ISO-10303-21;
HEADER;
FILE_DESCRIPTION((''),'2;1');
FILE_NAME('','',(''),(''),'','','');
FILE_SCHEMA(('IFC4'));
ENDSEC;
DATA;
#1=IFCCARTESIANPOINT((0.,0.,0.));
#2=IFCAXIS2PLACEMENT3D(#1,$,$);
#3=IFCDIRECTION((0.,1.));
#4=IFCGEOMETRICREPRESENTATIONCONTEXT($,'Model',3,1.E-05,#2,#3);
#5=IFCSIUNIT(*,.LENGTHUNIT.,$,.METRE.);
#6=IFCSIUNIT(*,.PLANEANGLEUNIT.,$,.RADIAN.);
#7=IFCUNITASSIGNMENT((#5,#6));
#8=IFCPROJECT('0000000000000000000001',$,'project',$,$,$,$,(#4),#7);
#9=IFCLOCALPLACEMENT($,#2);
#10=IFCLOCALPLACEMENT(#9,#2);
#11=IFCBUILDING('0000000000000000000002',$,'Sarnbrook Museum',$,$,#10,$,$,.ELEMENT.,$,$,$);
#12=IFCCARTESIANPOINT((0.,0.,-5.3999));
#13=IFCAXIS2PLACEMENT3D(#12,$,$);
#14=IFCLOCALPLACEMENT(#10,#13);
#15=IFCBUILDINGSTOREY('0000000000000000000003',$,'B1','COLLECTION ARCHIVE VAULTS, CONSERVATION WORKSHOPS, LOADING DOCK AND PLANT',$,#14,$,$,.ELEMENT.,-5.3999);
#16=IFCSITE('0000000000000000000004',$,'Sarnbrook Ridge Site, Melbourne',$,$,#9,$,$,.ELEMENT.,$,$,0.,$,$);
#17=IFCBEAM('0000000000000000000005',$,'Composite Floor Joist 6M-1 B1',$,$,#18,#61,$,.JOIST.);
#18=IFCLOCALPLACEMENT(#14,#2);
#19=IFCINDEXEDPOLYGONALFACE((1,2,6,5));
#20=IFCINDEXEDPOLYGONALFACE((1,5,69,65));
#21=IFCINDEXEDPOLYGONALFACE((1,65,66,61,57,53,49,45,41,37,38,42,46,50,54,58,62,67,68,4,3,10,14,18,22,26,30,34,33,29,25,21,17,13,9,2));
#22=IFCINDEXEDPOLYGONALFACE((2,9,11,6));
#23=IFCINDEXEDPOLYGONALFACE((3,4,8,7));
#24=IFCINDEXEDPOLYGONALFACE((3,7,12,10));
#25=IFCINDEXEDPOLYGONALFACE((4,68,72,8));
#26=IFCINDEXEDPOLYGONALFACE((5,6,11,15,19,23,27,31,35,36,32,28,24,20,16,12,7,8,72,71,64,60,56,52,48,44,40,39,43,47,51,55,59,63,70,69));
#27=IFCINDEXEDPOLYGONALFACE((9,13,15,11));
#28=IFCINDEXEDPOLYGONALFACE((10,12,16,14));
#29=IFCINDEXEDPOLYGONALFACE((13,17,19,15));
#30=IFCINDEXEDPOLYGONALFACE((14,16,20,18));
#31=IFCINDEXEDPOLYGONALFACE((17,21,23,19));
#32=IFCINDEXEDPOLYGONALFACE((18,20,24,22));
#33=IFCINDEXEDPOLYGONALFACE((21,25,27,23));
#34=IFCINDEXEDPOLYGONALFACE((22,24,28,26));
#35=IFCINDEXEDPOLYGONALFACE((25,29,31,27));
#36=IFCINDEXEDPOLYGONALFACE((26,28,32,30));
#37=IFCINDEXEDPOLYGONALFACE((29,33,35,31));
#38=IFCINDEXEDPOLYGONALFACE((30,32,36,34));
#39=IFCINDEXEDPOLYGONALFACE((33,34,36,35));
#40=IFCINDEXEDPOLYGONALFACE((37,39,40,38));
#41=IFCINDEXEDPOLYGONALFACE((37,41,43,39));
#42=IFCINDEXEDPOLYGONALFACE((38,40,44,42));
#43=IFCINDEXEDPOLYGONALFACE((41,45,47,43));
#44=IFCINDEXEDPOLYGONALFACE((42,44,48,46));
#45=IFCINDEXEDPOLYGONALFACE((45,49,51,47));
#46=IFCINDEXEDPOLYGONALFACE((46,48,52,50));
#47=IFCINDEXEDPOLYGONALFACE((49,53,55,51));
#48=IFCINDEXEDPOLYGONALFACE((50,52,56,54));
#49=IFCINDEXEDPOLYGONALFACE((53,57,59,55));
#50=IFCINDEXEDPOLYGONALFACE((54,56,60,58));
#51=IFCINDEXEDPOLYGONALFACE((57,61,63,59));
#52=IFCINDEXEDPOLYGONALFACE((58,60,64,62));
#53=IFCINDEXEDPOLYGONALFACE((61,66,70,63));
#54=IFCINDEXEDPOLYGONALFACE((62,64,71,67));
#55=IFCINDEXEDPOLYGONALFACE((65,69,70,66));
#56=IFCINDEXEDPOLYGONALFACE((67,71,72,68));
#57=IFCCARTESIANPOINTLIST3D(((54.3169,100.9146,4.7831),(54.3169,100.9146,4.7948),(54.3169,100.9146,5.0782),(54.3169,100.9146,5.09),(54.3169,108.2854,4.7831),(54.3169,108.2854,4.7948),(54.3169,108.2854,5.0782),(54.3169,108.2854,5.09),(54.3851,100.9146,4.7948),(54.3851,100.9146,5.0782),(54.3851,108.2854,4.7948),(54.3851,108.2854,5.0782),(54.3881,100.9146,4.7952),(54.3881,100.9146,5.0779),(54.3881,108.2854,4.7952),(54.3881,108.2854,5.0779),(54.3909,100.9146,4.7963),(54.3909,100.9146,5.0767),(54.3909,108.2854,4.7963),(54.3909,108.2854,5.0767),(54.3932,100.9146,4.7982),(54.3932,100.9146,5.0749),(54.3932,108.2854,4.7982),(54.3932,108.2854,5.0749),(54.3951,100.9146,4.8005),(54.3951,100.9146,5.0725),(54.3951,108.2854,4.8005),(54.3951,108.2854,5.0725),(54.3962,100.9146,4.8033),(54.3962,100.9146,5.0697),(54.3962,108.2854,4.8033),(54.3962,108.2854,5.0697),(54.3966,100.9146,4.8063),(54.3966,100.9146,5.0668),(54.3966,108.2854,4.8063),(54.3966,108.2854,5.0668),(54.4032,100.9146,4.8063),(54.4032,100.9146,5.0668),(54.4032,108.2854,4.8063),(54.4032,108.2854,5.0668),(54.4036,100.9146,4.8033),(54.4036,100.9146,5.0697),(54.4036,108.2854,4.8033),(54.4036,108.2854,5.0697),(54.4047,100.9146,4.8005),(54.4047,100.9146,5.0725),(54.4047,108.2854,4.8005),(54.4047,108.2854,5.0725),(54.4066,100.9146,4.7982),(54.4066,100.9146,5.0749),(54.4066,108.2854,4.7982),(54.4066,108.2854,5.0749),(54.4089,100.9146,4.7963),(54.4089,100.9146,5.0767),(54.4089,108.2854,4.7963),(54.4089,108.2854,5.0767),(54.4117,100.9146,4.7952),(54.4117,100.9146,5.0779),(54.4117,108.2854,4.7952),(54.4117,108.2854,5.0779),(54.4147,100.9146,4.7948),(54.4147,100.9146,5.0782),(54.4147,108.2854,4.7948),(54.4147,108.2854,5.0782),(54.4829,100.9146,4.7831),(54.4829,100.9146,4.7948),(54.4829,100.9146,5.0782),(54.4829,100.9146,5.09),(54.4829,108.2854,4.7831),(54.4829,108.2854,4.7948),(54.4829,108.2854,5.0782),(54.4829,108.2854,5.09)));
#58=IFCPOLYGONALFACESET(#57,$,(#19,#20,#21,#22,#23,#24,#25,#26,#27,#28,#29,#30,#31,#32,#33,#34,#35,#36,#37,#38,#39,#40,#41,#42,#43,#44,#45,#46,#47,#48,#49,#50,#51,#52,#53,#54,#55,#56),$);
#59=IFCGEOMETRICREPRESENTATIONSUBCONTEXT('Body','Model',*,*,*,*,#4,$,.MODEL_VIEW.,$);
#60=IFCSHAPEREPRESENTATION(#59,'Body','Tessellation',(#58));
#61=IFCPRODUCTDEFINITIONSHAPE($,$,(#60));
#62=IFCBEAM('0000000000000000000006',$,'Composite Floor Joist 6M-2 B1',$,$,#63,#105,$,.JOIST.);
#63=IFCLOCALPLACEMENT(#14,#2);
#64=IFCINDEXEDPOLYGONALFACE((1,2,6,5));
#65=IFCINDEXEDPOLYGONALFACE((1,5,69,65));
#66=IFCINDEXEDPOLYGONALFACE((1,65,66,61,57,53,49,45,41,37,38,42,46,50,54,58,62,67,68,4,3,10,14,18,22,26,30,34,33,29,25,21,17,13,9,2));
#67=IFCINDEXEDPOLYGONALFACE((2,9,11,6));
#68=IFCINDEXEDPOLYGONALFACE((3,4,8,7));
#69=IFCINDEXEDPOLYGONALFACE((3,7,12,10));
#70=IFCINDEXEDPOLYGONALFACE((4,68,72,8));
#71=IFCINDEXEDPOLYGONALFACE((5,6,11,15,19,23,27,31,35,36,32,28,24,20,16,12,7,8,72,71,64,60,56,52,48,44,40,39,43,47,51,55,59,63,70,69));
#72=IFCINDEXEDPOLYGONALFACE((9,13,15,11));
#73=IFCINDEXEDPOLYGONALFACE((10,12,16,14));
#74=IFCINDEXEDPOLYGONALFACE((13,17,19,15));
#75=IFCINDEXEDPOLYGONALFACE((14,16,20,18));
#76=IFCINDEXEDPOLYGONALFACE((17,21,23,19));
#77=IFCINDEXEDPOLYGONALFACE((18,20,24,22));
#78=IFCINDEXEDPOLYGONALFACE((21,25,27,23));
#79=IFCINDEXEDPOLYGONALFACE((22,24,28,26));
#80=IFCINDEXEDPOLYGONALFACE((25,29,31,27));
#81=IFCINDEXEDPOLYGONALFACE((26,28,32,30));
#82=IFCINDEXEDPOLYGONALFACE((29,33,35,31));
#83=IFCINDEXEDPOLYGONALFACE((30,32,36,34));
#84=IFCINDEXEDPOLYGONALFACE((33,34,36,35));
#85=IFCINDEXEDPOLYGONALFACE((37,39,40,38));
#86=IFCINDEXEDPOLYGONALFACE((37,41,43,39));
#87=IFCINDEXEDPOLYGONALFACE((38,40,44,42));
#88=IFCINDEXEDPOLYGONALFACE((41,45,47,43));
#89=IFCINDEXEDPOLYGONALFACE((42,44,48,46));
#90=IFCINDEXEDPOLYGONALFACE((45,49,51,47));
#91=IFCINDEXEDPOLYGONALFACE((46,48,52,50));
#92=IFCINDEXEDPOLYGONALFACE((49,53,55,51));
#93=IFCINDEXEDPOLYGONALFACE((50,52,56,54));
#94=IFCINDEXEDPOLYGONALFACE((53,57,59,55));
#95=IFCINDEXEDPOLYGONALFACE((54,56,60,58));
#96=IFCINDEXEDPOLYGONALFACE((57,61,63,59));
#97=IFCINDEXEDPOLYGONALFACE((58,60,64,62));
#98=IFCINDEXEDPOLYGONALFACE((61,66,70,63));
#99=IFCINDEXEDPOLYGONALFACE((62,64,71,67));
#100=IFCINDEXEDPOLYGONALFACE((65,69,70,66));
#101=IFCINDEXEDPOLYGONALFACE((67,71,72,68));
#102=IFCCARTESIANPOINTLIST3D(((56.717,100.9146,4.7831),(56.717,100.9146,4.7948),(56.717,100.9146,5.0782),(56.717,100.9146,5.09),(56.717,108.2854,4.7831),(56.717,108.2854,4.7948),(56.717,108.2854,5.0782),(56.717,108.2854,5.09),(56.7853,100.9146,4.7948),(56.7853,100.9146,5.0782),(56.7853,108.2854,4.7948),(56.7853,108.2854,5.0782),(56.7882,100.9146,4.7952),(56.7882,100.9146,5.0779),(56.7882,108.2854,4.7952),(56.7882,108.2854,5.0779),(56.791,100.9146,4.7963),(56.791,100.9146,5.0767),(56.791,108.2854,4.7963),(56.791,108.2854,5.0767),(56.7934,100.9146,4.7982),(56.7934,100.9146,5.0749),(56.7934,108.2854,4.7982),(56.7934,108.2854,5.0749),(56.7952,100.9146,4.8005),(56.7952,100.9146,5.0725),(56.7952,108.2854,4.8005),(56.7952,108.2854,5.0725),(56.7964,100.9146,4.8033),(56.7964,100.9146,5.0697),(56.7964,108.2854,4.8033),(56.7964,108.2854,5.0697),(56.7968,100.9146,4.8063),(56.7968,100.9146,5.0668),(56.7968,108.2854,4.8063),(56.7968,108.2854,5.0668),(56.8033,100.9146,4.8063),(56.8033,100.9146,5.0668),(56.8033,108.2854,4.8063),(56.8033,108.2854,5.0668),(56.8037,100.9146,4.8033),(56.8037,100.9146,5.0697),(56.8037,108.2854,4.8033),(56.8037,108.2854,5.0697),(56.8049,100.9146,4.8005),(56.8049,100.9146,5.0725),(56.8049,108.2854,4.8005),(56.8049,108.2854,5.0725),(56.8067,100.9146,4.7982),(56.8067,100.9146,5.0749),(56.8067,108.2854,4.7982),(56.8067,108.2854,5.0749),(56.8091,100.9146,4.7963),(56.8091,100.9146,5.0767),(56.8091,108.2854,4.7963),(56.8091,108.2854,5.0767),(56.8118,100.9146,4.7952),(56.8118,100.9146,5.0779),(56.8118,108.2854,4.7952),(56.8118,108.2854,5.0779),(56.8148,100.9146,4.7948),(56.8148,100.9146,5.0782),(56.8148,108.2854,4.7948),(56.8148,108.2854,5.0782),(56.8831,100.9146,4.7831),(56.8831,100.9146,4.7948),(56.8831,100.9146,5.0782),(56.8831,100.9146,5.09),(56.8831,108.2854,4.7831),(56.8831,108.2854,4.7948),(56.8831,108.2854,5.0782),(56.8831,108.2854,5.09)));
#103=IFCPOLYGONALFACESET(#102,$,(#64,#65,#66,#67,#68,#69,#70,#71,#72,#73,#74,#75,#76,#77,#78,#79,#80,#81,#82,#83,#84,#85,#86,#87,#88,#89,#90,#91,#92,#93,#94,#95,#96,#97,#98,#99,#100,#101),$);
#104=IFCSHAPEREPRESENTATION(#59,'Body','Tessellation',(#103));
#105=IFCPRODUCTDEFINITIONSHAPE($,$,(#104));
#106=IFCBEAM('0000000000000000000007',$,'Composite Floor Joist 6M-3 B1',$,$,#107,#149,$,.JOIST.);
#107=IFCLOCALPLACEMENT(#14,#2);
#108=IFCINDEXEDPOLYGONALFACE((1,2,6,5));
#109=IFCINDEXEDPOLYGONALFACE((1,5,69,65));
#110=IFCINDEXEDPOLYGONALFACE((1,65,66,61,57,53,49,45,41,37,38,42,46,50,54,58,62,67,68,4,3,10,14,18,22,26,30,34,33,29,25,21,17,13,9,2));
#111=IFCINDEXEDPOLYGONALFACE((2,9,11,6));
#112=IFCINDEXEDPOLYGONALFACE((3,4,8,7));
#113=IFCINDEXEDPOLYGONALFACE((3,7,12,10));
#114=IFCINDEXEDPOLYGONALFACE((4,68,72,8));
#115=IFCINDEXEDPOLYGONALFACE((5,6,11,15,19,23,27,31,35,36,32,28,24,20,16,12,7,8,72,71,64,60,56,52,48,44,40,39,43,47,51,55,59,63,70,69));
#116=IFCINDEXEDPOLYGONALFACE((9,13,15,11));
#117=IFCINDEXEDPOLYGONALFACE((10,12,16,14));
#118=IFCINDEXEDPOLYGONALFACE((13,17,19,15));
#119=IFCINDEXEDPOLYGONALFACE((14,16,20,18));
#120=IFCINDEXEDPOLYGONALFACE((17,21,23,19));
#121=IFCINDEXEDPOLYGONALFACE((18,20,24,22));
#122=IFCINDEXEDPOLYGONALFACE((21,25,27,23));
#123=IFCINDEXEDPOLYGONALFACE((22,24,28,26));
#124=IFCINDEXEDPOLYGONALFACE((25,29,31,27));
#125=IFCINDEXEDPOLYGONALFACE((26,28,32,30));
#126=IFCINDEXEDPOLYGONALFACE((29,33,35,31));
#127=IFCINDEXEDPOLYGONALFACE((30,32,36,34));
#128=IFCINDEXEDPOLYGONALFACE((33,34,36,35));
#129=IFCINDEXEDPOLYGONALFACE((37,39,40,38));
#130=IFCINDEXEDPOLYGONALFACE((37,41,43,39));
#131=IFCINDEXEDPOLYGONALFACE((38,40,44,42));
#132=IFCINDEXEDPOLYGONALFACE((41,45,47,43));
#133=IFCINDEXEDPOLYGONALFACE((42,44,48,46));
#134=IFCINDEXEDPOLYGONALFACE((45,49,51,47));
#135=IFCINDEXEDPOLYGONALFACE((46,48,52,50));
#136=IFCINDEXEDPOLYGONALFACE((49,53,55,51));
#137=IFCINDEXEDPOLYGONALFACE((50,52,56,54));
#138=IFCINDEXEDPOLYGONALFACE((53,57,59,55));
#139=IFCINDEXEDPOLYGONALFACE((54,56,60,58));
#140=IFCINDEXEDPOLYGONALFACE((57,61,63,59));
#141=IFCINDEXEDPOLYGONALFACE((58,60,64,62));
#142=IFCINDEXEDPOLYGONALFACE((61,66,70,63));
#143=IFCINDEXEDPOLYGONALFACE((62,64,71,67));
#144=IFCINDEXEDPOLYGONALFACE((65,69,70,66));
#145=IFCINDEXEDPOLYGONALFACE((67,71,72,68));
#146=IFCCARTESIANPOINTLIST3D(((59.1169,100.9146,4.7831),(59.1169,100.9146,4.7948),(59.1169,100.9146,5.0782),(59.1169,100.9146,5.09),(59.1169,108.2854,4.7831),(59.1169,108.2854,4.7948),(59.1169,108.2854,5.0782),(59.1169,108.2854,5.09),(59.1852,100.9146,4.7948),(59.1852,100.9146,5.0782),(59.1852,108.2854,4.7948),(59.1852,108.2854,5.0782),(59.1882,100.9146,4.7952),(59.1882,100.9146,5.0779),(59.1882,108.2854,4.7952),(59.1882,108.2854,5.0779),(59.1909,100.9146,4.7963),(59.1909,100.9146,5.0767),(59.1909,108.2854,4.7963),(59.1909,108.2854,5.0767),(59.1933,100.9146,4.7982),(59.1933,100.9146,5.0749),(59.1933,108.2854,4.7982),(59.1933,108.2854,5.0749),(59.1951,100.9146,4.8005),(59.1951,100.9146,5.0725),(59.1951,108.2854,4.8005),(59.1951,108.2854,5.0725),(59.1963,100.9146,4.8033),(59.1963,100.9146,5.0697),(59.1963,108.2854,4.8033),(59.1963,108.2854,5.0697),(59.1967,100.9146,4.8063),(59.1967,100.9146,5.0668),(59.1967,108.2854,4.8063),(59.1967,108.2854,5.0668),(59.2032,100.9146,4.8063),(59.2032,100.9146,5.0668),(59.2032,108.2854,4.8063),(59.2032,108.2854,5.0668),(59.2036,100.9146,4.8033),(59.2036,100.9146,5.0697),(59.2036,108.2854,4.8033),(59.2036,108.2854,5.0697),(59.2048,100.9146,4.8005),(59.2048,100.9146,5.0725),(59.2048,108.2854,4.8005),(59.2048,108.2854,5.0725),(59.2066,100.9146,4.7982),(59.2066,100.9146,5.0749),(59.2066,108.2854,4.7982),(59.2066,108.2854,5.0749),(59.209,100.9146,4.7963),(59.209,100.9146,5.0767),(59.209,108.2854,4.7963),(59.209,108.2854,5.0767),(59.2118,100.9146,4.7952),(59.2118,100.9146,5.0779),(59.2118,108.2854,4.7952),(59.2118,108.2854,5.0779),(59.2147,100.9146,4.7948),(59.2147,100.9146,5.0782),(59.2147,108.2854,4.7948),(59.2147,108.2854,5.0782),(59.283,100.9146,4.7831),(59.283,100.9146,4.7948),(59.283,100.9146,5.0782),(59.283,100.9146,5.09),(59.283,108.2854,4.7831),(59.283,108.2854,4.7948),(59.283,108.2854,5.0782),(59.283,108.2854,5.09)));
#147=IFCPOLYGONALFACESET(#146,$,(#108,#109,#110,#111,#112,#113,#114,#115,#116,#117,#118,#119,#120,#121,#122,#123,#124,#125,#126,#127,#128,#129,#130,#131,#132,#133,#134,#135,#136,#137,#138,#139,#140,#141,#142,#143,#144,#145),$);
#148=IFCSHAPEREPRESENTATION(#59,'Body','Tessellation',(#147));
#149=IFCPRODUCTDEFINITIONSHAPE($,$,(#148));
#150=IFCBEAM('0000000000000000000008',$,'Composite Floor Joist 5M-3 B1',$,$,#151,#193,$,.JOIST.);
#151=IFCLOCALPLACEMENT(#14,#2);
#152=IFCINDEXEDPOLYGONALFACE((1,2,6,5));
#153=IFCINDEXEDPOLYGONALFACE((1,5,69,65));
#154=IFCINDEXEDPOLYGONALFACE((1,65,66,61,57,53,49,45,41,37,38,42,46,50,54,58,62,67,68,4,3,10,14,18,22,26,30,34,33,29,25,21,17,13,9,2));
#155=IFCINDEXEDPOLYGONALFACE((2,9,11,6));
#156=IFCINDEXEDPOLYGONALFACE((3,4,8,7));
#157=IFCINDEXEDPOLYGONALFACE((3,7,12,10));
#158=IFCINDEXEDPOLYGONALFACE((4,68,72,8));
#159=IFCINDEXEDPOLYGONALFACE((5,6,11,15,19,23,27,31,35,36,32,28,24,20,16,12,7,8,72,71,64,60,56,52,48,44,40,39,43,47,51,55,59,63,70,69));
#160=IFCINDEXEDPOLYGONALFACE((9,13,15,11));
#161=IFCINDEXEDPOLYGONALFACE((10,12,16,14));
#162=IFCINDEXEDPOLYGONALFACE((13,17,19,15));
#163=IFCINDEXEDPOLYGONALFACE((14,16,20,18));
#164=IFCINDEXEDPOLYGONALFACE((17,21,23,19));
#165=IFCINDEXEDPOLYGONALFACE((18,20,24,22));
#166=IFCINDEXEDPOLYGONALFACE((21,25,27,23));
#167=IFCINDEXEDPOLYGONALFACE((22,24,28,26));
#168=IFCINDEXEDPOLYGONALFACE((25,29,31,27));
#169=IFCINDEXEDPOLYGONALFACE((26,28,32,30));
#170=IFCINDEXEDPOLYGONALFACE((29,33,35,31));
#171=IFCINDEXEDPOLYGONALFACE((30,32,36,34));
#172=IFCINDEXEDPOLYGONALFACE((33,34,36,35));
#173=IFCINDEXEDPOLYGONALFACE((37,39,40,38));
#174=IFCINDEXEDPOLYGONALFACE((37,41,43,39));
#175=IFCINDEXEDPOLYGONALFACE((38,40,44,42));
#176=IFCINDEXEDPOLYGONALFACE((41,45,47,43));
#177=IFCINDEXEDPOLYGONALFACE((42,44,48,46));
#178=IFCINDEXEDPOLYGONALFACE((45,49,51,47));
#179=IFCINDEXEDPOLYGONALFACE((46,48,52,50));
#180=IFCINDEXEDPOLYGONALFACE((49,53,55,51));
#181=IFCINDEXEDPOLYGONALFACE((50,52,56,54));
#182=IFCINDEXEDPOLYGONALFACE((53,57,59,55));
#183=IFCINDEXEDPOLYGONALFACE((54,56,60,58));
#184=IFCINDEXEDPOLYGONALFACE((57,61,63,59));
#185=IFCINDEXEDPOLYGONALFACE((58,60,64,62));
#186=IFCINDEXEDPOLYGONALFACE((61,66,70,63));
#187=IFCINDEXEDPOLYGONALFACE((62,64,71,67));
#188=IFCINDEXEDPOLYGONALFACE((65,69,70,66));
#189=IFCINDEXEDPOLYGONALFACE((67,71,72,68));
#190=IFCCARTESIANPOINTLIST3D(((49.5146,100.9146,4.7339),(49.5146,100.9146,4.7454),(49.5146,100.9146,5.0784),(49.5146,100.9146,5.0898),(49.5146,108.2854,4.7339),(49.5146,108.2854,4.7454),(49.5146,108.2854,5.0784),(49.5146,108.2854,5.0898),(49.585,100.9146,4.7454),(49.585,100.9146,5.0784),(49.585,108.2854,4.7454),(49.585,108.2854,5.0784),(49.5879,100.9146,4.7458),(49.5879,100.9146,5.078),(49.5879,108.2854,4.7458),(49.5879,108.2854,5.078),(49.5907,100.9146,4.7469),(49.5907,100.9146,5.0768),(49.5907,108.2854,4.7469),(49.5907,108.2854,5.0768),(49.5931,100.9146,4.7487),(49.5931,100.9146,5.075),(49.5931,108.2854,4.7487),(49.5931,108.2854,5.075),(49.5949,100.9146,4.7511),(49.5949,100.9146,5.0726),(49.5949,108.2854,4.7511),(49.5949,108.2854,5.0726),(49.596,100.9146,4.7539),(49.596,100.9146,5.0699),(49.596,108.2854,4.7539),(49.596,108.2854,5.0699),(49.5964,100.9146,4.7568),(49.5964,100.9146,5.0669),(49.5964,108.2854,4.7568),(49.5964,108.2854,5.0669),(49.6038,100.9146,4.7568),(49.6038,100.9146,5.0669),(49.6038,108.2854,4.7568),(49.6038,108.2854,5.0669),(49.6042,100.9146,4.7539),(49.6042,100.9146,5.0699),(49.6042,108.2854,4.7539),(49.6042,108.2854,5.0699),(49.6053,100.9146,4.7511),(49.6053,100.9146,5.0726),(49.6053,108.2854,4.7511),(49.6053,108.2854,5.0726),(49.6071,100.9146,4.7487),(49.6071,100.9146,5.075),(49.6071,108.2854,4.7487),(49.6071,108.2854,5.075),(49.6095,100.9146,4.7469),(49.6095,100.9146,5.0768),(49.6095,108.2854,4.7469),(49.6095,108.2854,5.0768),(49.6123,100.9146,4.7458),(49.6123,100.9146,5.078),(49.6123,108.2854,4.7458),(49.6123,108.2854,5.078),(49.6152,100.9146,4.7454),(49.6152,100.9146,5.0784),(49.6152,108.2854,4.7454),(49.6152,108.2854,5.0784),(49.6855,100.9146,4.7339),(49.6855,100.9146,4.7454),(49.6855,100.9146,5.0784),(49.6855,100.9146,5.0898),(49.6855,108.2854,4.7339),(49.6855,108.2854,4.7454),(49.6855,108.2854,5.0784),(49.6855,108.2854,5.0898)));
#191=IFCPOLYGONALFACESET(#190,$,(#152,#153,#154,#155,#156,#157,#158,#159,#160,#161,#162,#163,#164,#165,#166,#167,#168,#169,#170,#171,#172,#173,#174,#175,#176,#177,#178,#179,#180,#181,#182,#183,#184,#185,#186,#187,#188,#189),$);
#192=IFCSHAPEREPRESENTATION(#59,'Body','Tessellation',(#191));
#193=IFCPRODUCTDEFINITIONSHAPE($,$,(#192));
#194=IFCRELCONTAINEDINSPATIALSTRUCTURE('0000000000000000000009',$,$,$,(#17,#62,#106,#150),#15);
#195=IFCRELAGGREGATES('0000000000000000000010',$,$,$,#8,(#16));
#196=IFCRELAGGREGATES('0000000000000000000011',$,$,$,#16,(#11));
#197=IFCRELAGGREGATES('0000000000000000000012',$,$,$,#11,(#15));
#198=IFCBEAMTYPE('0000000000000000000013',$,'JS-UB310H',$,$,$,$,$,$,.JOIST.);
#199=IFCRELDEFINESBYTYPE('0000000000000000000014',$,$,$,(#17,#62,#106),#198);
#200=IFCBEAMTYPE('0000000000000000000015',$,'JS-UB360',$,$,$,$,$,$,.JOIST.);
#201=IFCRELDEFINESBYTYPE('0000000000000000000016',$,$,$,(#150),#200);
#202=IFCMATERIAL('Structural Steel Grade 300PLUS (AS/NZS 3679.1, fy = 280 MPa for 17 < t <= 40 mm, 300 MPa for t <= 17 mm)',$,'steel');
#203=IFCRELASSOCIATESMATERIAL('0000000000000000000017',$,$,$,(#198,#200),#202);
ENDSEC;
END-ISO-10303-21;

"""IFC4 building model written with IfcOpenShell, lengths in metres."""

from ifc_helpers import new_model, si_unit, direction, frame, origin, origin_2d, place, context, subcontext, project, spatial, i_section, extrude, material, material_profile, profile_set, type_object, element, save


model = new_model("IFC4")

# Units and contexts
model_context = context("Model", 3, precision=1e-05, world=origin(), true_north=direction((0.0, 1.0)))
body_context = subcontext(model_context, "Body", "Model", "MODEL_VIEW")
ifc_project = project(units=[si_unit("LENGTHUNIT", "METRE"), si_unit("PLANEANGLEUNIT", "RADIAN")], contexts=[model_context])

# Site, building, storey
site_placement = place(None, origin())
site = spatial("IfcSite", under=ifc_project, at=site_placement, Name="Sarnbrook Ridge Site, Melbourne", CompositionType="ELEMENT", RefElevation=0.0)
building_placement = place(site_placement, origin())
building = spatial("IfcBuilding", under=site, at=building_placement, Name="Sarnbrook Museum", CompositionType="ELEMENT")
storey_placement = place(building_placement, frame((0.0, 0.0, -5.3999)))
storey = spatial("IfcBuildingStorey", under=building, at=storey_placement, Name="B1", Description="COLLECTION ARCHIVE VAULTS, CONSERVATION WORKSHOPS, LOADING DOCK AND PLANT", CompositionType="ELEMENT", Elevation=-5.3999)

# Beams
ifc_material_1 = material(Name="Structural Steel Grade 300PLUS (AS/NZS 3679.1, fy = 280 MPa for 17 < t <= 40 mm, 300 MPa for t <= 17 mm)", Category="steel")
ifc_material_profile_1 = material_profile(ifc_material_1, i_section(OverallWidth=0.166, OverallDepth=0.3069, WebThickness=0.0066, FlangeThickness=0.0117, FilletRadius=0.0115, at=origin_2d()), Name="310UB46.2")
ifc_profile_set_1 = profile_set([ifc_material_profile_1], Name="Structural Steel Grade 300PLUS (AS/NZS 3679.1, fy = 280 MPa for 17 < t <= 40 mm, 300 MPa for t <= 17 mm)")
beam_type_1 = type_object("IfcBeamType", Name="JS-UB310H", PredefinedType="JOIST", material=ifc_profile_set_1)
for number, where, z_axis, x_axis, name in (
    (1, (54.3999, 100.9146, 4.9365), (0.0, 1.0, 0.0), (-1.0, 0.0, 0.0), "Composite Floor Joist 6M-1 B1"),
    (2, (56.8, 100.9146, 4.9365), (0.0, 1.0, 0.0), (-1.0, 0.0, 0.0), "Composite Floor Joist 6M-2 B1"),
    (3, (59.2, 100.9146, 4.9365), (0.0, 1.0, 0.0), (-1.0, 0.0, 0.0), "Composite Floor Joist 6M-3 B1"),
):
    element("IfcBeam", number, at=place(storey_placement, frame(where, z_axis=z_axis, x_axis=x_axis)), inside=storey, type_object=beam_type_1, Name=name, PredefinedType="JOIST", context=body_context, shape_type="SweptSolid", body=[
        extrude(i_section(OverallWidth=0.166, OverallDepth=0.3069, WebThickness=0.0066, FlangeThickness=0.0117, FilletRadius=0.0115, at=origin_2d()), origin(), (0.0, 0.0, 1.0), 7.3708),
    ])
ifc_material_profile_2 = material_profile(ifc_material_1, i_section(OverallWidth=0.1709, OverallDepth=0.356, WebThickness=0.0073, FlangeThickness=0.0115, FilletRadius=0.0115, at=origin_2d()), Name="360UB50.7")
ifc_profile_set_2 = profile_set([ifc_material_profile_2], Name="Structural Steel Grade 300PLUS (AS/NZS 3679.1, fy = 280 MPa for 17 < t <= 40 mm, 300 MPa for t <= 17 mm)")
beam_type_2 = type_object("IfcBeamType", Name="JS-UB360", PredefinedType="JOIST", material=ifc_profile_set_2)
beam_1_placement = place(storey_placement, frame((49.6001, 100.9146, 4.9119), z_axis=(0.0, 1.0, 0.0), x_axis=(-1.0, 0.0, 0.0)))
element("IfcBeam", 4, at=beam_1_placement, inside=storey, type_object=beam_type_2, Name="Composite Floor Joist 5M-3 B1", PredefinedType="JOIST", context=body_context, shape_type="SweptSolid", body=[
    extrude(i_section(OverallWidth=0.1709, OverallDepth=0.356, WebThickness=0.0073, FlangeThickness=0.0115, FilletRadius=0.0115, at=origin_2d()), origin(), (0.0, 0.0, 1.0), 7.3708),
])

save(model, "model.ifc")
